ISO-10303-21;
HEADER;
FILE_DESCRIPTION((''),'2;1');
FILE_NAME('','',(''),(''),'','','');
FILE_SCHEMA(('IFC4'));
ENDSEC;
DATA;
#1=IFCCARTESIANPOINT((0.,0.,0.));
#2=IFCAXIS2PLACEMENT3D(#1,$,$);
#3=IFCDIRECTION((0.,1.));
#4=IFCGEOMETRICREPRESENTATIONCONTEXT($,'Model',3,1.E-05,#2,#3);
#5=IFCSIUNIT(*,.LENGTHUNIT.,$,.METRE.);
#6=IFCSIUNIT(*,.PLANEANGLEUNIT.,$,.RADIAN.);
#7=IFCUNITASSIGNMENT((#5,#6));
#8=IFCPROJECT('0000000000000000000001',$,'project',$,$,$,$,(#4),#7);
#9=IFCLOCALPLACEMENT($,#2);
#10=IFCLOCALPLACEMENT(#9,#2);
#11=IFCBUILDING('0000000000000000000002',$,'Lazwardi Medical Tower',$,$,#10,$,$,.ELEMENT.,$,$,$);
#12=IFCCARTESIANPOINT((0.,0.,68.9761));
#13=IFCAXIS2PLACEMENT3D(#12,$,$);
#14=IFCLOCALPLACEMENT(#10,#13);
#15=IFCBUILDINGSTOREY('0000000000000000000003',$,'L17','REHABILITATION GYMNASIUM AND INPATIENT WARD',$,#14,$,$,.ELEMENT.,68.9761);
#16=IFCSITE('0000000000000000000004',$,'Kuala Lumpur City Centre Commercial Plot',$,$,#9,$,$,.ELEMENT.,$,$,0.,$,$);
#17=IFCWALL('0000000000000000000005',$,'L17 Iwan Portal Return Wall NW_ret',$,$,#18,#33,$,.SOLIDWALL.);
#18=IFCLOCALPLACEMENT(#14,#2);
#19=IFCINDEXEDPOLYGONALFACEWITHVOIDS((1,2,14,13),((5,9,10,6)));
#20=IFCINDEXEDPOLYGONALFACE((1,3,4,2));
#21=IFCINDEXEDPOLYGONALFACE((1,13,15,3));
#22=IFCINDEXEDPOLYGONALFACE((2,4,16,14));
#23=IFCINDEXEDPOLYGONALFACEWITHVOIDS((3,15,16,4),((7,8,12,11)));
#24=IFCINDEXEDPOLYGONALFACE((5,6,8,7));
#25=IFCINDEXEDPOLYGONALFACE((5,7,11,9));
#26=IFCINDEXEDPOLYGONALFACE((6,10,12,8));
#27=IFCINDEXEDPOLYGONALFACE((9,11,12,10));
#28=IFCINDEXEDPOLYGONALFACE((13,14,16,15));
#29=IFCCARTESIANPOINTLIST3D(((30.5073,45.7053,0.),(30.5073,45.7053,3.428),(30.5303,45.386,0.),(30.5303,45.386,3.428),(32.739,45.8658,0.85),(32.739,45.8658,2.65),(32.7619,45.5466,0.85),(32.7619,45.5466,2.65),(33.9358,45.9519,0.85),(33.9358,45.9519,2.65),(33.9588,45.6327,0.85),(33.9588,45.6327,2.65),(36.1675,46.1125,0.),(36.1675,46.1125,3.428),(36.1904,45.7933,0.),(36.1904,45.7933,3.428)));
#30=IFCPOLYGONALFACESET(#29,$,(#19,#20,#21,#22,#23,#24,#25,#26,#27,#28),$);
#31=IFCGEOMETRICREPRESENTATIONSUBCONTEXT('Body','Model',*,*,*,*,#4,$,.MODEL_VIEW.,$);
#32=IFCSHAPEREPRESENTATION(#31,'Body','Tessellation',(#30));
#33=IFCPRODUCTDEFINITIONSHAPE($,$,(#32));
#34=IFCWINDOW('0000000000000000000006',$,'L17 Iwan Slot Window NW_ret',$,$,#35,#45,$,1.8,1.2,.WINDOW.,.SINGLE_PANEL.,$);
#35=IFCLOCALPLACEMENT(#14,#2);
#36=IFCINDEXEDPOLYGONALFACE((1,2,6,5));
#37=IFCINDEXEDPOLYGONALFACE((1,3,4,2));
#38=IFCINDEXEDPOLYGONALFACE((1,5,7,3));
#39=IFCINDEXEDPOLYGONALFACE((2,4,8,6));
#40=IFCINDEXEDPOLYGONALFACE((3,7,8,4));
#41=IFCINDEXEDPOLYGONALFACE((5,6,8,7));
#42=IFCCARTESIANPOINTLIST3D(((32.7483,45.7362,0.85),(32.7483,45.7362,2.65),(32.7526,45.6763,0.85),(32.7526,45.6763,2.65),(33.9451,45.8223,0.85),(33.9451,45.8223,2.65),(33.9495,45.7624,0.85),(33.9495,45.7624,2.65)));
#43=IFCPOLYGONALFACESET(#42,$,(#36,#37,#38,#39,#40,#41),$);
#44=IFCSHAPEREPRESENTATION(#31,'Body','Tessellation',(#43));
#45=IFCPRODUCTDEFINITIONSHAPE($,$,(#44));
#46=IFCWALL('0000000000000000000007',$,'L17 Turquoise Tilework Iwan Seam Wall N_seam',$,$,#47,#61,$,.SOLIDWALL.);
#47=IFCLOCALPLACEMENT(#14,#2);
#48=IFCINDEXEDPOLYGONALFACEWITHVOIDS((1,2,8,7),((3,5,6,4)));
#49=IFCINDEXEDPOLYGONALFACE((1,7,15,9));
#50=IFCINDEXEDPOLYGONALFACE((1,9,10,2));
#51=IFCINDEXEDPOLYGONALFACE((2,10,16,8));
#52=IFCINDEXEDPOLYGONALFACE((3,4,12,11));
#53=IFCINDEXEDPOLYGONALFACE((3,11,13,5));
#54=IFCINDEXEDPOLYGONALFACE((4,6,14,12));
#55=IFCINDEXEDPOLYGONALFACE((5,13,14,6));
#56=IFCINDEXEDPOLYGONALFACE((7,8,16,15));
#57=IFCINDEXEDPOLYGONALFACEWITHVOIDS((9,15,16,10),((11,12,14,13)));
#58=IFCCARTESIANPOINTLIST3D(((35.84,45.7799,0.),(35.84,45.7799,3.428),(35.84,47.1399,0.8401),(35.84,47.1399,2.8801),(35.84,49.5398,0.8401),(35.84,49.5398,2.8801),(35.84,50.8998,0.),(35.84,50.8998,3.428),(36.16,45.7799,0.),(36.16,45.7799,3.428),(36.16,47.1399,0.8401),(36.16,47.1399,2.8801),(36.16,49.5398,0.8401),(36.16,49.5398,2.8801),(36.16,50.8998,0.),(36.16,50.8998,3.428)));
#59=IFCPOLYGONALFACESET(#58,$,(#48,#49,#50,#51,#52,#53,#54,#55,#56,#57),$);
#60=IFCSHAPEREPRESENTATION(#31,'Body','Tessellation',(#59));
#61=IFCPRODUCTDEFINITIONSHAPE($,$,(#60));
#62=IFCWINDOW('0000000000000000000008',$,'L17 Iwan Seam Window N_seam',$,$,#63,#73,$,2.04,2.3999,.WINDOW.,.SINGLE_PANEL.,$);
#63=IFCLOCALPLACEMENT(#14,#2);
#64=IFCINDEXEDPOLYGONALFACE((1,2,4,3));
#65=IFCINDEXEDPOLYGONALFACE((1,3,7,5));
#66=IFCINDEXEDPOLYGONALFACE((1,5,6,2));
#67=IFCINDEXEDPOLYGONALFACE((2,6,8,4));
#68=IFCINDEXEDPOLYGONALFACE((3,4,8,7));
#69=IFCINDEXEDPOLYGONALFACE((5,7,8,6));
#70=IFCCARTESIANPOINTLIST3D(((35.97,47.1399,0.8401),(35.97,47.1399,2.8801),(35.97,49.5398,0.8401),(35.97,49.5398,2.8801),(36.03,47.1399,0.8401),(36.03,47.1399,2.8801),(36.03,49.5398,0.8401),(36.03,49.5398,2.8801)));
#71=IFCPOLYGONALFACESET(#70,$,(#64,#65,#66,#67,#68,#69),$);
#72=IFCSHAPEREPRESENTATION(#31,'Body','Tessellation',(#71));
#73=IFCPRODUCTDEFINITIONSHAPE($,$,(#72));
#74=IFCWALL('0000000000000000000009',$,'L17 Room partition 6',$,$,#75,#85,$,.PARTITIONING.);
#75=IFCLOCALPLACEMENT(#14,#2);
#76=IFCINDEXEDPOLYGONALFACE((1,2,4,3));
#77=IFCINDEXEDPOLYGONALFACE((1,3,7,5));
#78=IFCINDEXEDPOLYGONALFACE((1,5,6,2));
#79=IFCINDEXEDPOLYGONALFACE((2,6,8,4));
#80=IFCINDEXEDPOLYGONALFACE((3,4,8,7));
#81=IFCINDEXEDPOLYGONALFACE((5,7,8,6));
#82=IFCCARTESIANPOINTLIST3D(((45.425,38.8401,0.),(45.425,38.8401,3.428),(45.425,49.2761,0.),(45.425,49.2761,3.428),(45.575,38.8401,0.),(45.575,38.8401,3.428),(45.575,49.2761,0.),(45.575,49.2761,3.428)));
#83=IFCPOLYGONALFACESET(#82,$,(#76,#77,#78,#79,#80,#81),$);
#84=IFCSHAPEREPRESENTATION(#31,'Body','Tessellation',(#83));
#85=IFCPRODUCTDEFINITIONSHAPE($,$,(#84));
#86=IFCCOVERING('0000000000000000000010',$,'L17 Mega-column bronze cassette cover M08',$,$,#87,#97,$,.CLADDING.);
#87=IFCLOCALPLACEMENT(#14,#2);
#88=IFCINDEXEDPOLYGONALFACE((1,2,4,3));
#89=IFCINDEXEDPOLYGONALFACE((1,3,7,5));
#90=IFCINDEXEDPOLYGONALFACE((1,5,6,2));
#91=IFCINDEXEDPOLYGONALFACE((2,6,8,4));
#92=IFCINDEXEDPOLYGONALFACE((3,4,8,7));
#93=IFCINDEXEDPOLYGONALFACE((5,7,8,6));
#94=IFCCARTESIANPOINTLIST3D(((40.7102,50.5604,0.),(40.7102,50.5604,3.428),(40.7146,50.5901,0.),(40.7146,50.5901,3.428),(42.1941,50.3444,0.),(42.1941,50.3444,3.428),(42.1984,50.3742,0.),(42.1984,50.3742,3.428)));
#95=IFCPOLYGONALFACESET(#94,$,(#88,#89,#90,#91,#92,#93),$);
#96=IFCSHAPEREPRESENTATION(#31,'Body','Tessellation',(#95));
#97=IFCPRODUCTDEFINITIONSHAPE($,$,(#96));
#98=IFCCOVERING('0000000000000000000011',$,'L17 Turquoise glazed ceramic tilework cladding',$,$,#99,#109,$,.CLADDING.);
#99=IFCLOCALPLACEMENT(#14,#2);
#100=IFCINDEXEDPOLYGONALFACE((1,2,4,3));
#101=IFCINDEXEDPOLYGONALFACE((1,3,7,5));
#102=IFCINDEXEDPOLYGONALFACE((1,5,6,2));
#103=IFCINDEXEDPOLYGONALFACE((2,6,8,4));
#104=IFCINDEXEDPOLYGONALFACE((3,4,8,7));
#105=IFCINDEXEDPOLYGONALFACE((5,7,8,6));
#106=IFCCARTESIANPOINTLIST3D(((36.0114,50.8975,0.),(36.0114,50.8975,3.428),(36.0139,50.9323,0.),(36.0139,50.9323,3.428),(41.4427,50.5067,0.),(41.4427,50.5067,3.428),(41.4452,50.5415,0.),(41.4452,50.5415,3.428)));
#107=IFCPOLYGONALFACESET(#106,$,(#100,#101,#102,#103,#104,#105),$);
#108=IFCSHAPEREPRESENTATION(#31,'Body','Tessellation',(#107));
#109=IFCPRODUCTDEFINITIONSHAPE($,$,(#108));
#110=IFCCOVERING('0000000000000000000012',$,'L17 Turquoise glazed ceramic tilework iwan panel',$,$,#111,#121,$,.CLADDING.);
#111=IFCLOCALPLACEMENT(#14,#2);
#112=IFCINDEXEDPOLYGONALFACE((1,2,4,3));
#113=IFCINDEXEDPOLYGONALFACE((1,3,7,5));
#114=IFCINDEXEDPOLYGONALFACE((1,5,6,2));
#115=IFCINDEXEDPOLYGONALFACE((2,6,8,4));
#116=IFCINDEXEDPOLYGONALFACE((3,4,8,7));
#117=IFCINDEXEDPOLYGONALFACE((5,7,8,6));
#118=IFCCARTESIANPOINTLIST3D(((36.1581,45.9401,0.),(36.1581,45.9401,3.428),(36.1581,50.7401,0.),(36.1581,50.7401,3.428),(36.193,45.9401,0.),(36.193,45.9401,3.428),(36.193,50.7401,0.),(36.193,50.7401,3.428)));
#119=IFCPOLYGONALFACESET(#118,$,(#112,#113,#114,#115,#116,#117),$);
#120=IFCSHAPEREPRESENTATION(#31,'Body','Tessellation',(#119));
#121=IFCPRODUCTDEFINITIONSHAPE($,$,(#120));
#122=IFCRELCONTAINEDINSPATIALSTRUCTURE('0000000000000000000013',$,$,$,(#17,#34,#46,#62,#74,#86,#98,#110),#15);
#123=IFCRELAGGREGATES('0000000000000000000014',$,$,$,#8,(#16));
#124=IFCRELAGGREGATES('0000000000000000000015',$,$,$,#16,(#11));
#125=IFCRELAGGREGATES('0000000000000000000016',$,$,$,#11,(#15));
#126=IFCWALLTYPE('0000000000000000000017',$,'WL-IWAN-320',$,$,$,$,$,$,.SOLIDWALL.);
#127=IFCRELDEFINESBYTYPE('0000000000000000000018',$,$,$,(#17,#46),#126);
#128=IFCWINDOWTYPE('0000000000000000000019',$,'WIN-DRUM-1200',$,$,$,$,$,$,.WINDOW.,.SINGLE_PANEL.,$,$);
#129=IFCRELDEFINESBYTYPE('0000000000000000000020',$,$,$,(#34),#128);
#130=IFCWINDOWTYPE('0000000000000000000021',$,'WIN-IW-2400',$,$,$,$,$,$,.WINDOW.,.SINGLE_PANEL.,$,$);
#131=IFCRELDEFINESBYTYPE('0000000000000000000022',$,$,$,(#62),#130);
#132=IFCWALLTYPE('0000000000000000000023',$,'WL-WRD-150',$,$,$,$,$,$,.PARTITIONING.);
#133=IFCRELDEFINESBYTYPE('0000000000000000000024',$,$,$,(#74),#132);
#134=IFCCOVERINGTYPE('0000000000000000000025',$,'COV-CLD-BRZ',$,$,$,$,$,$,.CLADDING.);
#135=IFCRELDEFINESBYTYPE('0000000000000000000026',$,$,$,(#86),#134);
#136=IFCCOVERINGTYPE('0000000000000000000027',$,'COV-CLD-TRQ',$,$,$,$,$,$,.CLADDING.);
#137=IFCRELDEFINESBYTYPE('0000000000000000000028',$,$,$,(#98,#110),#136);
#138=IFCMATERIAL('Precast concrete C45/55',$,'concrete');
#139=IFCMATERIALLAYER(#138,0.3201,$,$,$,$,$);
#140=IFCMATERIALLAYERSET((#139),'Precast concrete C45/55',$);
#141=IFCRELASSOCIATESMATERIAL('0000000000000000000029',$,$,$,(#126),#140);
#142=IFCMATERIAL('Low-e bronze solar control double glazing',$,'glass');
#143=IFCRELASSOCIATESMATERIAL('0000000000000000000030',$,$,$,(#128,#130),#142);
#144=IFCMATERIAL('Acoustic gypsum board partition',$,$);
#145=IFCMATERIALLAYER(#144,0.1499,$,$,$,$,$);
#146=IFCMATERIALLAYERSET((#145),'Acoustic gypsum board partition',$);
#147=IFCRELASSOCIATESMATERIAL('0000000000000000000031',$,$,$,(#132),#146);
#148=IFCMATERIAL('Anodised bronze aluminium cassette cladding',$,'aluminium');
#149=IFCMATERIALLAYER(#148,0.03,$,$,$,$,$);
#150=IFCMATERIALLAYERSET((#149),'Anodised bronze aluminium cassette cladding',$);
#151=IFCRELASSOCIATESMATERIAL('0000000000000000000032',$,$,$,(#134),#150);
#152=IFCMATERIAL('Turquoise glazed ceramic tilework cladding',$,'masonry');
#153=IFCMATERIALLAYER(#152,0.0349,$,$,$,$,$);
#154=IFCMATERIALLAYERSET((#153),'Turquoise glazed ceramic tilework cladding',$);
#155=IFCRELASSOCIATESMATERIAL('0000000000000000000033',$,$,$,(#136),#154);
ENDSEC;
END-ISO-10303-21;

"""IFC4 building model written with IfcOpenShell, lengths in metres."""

from ifc_helpers import new_model, si_unit, direction, frame, frame_2d, origin, origin_2d, place, context, subcontext, project, spatial, rectangle, extrude, material, layer, layer_set, type_object, element, fill, save


model = new_model("IFC4")

# Units and contexts
model_context = context("Model", 3, precision=1e-05, world=origin(), true_north=direction((0.0, 1.0)))
body_context = subcontext(model_context, "Body", "Model", "MODEL_VIEW")
ifc_project = project(units=[si_unit("LENGTHUNIT", "METRE"), si_unit("PLANEANGLEUNIT", "RADIAN")], contexts=[model_context])

# Site, building, storey
site_placement = place(None, origin())
site = spatial("IfcSite", under=ifc_project, at=site_placement, Name="Kuala Lumpur City Centre Commercial Plot", CompositionType="ELEMENT", RefElevation=0.0)
building_placement = place(site_placement, origin())
building = spatial("IfcBuilding", under=site, at=building_placement, Name="Lazwardi Medical Tower", CompositionType="ELEMENT")
storey_placement = place(building_placement, frame((0.0, 0.0, 68.9761)))
storey = spatial("IfcBuildingStorey", under=building, at=storey_placement, Name="L17", Description="REHABILITATION GYMNASIUM AND INPATIENT WARD", CompositionType="ELEMENT", Elevation=68.9761)

# Shared definitions
ifc_material_1 = material(Name="Low-e bronze solar control double glazing", Category="glass")

# Walls, openings, windows
ifc_material_2 = material(Name="Precast concrete C45/55", Category="concrete")
ifc_layer_1 = layer(ifc_material_2, 0.3201)
ifc_layer_set_1 = layer_set([ifc_layer_1], Name="Precast concrete C45/55")
wall_type_1 = type_object("IfcWallType", Name="WL-IWAN-320", PredefinedType="SOLIDWALL", material=ifc_layer_set_1)
wall_1_placement = place(storey_placement, frame((36.179, 45.9529, 0.0), z_axis=(0.0, 0.0, 1.0), x_axis=(-0.997422, -0.071761, 0.0)))
wall_1 = element("IfcWall", 1, at=wall_1_placement, inside=storey, type_object=wall_type_1, Name="L17 Iwan Portal Return Wall NW_ret", PredefinedType="SOLIDWALL", context=body_context, shape_type="SweptSolid", body=[
    extrude(rectangle(XDim=5.6748, YDim=0.3201, at=frame_2d((2.8374, 0.0))), origin(), (0.0, 0.0, 1.0), 3.428),
])
opening_1_placement = place(wall_1_placement, frame((2.2373, 0.0, 0.8501)))
opening_1 = element("IfcOpeningElement", 2, at=opening_1_placement, cuts=wall_1, PredefinedType="OPENING", context=body_context, shape_type="SweptSolid", body=[
    extrude(rectangle(XDim=1.2, YDim=1.8, at=frame_2d((0.6001, 0.8999))), frame((0.0, 0.1699, 0.0), z_axis=(0.0, -1.0, 0.0), x_axis=(1.0, 0.0, 0.0)), (0.0, 0.0, 1.0), 0.3401),
])
window_type_1 = type_object("IfcWindowType", Name="WIN-DRUM-1200", PartitioningType="SINGLE_PANEL", PredefinedType="WINDOW", material=ifc_material_1)
window_1_placement = place(opening_1_placement, origin())
window_1 = element("IfcWindow", 3, at=window_1_placement, inside=storey, type_object=window_type_1, Name="L17 Iwan Slot Window NW_ret", OverallHeight=1.8, OverallWidth=1.2, PartitioningType="SINGLE_PANEL", PredefinedType="WINDOW", context=body_context, shape_type="SweptSolid", body=[
    extrude(rectangle(XDim=1.2, YDim=1.8, at=frame_2d((0.6001, 0.8999))), frame((0.0, 0.03, 0.0), z_axis=(0.0, -1.0, 0.0), x_axis=(1.0, 0.0, 0.0)), (0.0, 0.0, 1.0), 0.0601),
])
fill(opening_1, window_1)
wall_2_placement = place(storey_placement, frame((36.0, 50.8999, 0.0), z_axis=(0.0, 0.0, 1.0), x_axis=(0.0, -1.0, 0.0)))
wall_2 = element("IfcWall", 4, at=wall_2_placement, inside=storey, type_object=wall_type_1, Name="L17 Turquoise Tilework Iwan Seam Wall N_seam", PredefinedType="SOLIDWALL", context=body_context, shape_type="SweptSolid", body=[
    extrude(rectangle(XDim=5.1199, YDim=0.3201, at=frame_2d((2.5601, 0.0))), origin(), (0.0, 0.0, 1.0), 3.428),
])
opening_2_placement = place(wall_2_placement, frame((1.3601, 0.0, 0.8401)))
opening_2 = element("IfcOpeningElement", 5, at=opening_2_placement, cuts=wall_2, PredefinedType="OPENING", context=body_context, shape_type="SweptSolid", body=[
    extrude(rectangle(XDim=2.3999, YDim=2.04, at=frame_2d((1.2, 1.02))), frame((0.0, 0.1699, 0.0), z_axis=(0.0, -1.0, 0.0), x_axis=(1.0, 0.0, 0.0)), (0.0, 0.0, 1.0), 0.3401),
])
window_type_2 = type_object("IfcWindowType", Name="WIN-IW-2400", PartitioningType="SINGLE_PANEL", PredefinedType="WINDOW", material=ifc_material_1)
window_2_placement = place(opening_2_placement, origin())
window_2 = element("IfcWindow", 6, at=window_2_placement, inside=storey, type_object=window_type_2, Name="L17 Iwan Seam Window N_seam", OverallHeight=2.04, OverallWidth=2.3999, PartitioningType="SINGLE_PANEL", PredefinedType="WINDOW", context=body_context, shape_type="SweptSolid", body=[
    extrude(rectangle(XDim=2.3999, YDim=2.04, at=frame_2d((1.2, 1.02))), frame((0.0, 0.03, 0.0), z_axis=(0.0, -1.0, 0.0), x_axis=(1.0, 0.0, 0.0)), (0.0, 0.0, 1.0), 0.0601),
])
fill(opening_2, window_2)

# Wall
ifc_material_3 = material(Name="Acoustic gypsum board partition")
ifc_layer_2 = layer(ifc_material_3, 0.1499)
ifc_layer_set_2 = layer_set([ifc_layer_2], Name="Acoustic gypsum board partition")
wall_type_2 = type_object("IfcWallType", Name="WL-WRD-150", PredefinedType="PARTITIONING", material=ifc_layer_set_2)
wall_3_placement = place(storey_placement, frame((45.5, 38.8401, 0.0), z_axis=(0.0, 0.0, 1.0), x_axis=(0.0, 1.0, 0.0)))
element("IfcWall", 7, at=wall_3_placement, inside=storey, type_object=wall_type_2, Name="L17 Room partition 6", PredefinedType="PARTITIONING", context=body_context, shape_type="SweptSolid", body=[
    extrude(rectangle(XDim=10.436, YDim=0.1499, at=frame_2d((5.218, 0.0))), origin(), (0.0, 0.0, 1.0), 3.428),
])

# Coverings
ifc_material_4 = material(Name="Anodised bronze aluminium cassette cladding", Category="aluminium")
ifc_layer_3 = layer(ifc_material_4, 0.03)
ifc_layer_set_3 = layer_set([ifc_layer_3], Name="Anodised bronze aluminium cassette cladding")
covering_type_1 = type_object("IfcCoveringType", Name="COV-CLD-BRZ", PredefinedType="CLADDING", material=ifc_layer_set_3)
covering_1_placement = place(storey_placement, frame((41.4543, 50.4673, 0.0), z_axis=(0.0, 0.0, 1.0), x_axis=(-0.989573, 0.144035, 0.0)))
element("IfcCovering", 8, at=covering_1_placement, inside=storey, type_object=covering_type_1, Name="L17 Mega-column bronze cassette cover M08", PredefinedType="CLADDING", context=body_context, shape_type="SweptSolid", body=[
    extrude(rectangle(XDim=1.4995, YDim=0.03, at=origin_2d()), origin(), (0.0, 0.0, 1.0), 3.428),
])
ifc_material_5 = material(Name="Turquoise glazed ceramic tilework cladding", Category="masonry")
ifc_layer_4 = layer(ifc_material_5, 0.0349)
ifc_layer_set_4 = layer_set([ifc_layer_4], Name="Turquoise glazed ceramic tilework cladding")
covering_type_2 = type_object("IfcCoveringType", Name="COV-CLD-TRQ", PredefinedType="CLADDING", material=ifc_layer_set_4)
covering_2_placement = place(storey_placement, frame((38.7283, 50.7195, 0.0), z_axis=(0.0, 0.0, 1.0), x_axis=(-0.997421, 0.071767, 0.0)))
element("IfcCovering", 9, at=covering_2_placement, inside=storey, type_object=covering_type_2, Name="L17 Turquoise glazed ceramic tilework cladding", PredefinedType="CLADDING", context=body_context, shape_type="SweptSolid", body=[
    extrude(rectangle(XDim=5.4453, YDim=0.0349, at=origin_2d()), origin(), (0.0, 0.0, 1.0), 3.428),
])
covering_3_placement = place(storey_placement, frame((36.1755, 48.3401, 0.0), z_axis=(0.0, 0.0, 1.0), x_axis=(0.0, -1.0, 0.0)))
element("IfcCovering", 10, at=covering_3_placement, inside=storey, type_object=covering_type_2, Name="L17 Turquoise glazed ceramic tilework iwan panel", PredefinedType="CLADDING", context=body_context, shape_type="SweptSolid", body=[
    extrude(rectangle(XDim=4.8, YDim=0.0349, at=origin_2d()), origin(), (0.0, 0.0, 1.0), 3.428),
])

save(model, "model.ifc")
